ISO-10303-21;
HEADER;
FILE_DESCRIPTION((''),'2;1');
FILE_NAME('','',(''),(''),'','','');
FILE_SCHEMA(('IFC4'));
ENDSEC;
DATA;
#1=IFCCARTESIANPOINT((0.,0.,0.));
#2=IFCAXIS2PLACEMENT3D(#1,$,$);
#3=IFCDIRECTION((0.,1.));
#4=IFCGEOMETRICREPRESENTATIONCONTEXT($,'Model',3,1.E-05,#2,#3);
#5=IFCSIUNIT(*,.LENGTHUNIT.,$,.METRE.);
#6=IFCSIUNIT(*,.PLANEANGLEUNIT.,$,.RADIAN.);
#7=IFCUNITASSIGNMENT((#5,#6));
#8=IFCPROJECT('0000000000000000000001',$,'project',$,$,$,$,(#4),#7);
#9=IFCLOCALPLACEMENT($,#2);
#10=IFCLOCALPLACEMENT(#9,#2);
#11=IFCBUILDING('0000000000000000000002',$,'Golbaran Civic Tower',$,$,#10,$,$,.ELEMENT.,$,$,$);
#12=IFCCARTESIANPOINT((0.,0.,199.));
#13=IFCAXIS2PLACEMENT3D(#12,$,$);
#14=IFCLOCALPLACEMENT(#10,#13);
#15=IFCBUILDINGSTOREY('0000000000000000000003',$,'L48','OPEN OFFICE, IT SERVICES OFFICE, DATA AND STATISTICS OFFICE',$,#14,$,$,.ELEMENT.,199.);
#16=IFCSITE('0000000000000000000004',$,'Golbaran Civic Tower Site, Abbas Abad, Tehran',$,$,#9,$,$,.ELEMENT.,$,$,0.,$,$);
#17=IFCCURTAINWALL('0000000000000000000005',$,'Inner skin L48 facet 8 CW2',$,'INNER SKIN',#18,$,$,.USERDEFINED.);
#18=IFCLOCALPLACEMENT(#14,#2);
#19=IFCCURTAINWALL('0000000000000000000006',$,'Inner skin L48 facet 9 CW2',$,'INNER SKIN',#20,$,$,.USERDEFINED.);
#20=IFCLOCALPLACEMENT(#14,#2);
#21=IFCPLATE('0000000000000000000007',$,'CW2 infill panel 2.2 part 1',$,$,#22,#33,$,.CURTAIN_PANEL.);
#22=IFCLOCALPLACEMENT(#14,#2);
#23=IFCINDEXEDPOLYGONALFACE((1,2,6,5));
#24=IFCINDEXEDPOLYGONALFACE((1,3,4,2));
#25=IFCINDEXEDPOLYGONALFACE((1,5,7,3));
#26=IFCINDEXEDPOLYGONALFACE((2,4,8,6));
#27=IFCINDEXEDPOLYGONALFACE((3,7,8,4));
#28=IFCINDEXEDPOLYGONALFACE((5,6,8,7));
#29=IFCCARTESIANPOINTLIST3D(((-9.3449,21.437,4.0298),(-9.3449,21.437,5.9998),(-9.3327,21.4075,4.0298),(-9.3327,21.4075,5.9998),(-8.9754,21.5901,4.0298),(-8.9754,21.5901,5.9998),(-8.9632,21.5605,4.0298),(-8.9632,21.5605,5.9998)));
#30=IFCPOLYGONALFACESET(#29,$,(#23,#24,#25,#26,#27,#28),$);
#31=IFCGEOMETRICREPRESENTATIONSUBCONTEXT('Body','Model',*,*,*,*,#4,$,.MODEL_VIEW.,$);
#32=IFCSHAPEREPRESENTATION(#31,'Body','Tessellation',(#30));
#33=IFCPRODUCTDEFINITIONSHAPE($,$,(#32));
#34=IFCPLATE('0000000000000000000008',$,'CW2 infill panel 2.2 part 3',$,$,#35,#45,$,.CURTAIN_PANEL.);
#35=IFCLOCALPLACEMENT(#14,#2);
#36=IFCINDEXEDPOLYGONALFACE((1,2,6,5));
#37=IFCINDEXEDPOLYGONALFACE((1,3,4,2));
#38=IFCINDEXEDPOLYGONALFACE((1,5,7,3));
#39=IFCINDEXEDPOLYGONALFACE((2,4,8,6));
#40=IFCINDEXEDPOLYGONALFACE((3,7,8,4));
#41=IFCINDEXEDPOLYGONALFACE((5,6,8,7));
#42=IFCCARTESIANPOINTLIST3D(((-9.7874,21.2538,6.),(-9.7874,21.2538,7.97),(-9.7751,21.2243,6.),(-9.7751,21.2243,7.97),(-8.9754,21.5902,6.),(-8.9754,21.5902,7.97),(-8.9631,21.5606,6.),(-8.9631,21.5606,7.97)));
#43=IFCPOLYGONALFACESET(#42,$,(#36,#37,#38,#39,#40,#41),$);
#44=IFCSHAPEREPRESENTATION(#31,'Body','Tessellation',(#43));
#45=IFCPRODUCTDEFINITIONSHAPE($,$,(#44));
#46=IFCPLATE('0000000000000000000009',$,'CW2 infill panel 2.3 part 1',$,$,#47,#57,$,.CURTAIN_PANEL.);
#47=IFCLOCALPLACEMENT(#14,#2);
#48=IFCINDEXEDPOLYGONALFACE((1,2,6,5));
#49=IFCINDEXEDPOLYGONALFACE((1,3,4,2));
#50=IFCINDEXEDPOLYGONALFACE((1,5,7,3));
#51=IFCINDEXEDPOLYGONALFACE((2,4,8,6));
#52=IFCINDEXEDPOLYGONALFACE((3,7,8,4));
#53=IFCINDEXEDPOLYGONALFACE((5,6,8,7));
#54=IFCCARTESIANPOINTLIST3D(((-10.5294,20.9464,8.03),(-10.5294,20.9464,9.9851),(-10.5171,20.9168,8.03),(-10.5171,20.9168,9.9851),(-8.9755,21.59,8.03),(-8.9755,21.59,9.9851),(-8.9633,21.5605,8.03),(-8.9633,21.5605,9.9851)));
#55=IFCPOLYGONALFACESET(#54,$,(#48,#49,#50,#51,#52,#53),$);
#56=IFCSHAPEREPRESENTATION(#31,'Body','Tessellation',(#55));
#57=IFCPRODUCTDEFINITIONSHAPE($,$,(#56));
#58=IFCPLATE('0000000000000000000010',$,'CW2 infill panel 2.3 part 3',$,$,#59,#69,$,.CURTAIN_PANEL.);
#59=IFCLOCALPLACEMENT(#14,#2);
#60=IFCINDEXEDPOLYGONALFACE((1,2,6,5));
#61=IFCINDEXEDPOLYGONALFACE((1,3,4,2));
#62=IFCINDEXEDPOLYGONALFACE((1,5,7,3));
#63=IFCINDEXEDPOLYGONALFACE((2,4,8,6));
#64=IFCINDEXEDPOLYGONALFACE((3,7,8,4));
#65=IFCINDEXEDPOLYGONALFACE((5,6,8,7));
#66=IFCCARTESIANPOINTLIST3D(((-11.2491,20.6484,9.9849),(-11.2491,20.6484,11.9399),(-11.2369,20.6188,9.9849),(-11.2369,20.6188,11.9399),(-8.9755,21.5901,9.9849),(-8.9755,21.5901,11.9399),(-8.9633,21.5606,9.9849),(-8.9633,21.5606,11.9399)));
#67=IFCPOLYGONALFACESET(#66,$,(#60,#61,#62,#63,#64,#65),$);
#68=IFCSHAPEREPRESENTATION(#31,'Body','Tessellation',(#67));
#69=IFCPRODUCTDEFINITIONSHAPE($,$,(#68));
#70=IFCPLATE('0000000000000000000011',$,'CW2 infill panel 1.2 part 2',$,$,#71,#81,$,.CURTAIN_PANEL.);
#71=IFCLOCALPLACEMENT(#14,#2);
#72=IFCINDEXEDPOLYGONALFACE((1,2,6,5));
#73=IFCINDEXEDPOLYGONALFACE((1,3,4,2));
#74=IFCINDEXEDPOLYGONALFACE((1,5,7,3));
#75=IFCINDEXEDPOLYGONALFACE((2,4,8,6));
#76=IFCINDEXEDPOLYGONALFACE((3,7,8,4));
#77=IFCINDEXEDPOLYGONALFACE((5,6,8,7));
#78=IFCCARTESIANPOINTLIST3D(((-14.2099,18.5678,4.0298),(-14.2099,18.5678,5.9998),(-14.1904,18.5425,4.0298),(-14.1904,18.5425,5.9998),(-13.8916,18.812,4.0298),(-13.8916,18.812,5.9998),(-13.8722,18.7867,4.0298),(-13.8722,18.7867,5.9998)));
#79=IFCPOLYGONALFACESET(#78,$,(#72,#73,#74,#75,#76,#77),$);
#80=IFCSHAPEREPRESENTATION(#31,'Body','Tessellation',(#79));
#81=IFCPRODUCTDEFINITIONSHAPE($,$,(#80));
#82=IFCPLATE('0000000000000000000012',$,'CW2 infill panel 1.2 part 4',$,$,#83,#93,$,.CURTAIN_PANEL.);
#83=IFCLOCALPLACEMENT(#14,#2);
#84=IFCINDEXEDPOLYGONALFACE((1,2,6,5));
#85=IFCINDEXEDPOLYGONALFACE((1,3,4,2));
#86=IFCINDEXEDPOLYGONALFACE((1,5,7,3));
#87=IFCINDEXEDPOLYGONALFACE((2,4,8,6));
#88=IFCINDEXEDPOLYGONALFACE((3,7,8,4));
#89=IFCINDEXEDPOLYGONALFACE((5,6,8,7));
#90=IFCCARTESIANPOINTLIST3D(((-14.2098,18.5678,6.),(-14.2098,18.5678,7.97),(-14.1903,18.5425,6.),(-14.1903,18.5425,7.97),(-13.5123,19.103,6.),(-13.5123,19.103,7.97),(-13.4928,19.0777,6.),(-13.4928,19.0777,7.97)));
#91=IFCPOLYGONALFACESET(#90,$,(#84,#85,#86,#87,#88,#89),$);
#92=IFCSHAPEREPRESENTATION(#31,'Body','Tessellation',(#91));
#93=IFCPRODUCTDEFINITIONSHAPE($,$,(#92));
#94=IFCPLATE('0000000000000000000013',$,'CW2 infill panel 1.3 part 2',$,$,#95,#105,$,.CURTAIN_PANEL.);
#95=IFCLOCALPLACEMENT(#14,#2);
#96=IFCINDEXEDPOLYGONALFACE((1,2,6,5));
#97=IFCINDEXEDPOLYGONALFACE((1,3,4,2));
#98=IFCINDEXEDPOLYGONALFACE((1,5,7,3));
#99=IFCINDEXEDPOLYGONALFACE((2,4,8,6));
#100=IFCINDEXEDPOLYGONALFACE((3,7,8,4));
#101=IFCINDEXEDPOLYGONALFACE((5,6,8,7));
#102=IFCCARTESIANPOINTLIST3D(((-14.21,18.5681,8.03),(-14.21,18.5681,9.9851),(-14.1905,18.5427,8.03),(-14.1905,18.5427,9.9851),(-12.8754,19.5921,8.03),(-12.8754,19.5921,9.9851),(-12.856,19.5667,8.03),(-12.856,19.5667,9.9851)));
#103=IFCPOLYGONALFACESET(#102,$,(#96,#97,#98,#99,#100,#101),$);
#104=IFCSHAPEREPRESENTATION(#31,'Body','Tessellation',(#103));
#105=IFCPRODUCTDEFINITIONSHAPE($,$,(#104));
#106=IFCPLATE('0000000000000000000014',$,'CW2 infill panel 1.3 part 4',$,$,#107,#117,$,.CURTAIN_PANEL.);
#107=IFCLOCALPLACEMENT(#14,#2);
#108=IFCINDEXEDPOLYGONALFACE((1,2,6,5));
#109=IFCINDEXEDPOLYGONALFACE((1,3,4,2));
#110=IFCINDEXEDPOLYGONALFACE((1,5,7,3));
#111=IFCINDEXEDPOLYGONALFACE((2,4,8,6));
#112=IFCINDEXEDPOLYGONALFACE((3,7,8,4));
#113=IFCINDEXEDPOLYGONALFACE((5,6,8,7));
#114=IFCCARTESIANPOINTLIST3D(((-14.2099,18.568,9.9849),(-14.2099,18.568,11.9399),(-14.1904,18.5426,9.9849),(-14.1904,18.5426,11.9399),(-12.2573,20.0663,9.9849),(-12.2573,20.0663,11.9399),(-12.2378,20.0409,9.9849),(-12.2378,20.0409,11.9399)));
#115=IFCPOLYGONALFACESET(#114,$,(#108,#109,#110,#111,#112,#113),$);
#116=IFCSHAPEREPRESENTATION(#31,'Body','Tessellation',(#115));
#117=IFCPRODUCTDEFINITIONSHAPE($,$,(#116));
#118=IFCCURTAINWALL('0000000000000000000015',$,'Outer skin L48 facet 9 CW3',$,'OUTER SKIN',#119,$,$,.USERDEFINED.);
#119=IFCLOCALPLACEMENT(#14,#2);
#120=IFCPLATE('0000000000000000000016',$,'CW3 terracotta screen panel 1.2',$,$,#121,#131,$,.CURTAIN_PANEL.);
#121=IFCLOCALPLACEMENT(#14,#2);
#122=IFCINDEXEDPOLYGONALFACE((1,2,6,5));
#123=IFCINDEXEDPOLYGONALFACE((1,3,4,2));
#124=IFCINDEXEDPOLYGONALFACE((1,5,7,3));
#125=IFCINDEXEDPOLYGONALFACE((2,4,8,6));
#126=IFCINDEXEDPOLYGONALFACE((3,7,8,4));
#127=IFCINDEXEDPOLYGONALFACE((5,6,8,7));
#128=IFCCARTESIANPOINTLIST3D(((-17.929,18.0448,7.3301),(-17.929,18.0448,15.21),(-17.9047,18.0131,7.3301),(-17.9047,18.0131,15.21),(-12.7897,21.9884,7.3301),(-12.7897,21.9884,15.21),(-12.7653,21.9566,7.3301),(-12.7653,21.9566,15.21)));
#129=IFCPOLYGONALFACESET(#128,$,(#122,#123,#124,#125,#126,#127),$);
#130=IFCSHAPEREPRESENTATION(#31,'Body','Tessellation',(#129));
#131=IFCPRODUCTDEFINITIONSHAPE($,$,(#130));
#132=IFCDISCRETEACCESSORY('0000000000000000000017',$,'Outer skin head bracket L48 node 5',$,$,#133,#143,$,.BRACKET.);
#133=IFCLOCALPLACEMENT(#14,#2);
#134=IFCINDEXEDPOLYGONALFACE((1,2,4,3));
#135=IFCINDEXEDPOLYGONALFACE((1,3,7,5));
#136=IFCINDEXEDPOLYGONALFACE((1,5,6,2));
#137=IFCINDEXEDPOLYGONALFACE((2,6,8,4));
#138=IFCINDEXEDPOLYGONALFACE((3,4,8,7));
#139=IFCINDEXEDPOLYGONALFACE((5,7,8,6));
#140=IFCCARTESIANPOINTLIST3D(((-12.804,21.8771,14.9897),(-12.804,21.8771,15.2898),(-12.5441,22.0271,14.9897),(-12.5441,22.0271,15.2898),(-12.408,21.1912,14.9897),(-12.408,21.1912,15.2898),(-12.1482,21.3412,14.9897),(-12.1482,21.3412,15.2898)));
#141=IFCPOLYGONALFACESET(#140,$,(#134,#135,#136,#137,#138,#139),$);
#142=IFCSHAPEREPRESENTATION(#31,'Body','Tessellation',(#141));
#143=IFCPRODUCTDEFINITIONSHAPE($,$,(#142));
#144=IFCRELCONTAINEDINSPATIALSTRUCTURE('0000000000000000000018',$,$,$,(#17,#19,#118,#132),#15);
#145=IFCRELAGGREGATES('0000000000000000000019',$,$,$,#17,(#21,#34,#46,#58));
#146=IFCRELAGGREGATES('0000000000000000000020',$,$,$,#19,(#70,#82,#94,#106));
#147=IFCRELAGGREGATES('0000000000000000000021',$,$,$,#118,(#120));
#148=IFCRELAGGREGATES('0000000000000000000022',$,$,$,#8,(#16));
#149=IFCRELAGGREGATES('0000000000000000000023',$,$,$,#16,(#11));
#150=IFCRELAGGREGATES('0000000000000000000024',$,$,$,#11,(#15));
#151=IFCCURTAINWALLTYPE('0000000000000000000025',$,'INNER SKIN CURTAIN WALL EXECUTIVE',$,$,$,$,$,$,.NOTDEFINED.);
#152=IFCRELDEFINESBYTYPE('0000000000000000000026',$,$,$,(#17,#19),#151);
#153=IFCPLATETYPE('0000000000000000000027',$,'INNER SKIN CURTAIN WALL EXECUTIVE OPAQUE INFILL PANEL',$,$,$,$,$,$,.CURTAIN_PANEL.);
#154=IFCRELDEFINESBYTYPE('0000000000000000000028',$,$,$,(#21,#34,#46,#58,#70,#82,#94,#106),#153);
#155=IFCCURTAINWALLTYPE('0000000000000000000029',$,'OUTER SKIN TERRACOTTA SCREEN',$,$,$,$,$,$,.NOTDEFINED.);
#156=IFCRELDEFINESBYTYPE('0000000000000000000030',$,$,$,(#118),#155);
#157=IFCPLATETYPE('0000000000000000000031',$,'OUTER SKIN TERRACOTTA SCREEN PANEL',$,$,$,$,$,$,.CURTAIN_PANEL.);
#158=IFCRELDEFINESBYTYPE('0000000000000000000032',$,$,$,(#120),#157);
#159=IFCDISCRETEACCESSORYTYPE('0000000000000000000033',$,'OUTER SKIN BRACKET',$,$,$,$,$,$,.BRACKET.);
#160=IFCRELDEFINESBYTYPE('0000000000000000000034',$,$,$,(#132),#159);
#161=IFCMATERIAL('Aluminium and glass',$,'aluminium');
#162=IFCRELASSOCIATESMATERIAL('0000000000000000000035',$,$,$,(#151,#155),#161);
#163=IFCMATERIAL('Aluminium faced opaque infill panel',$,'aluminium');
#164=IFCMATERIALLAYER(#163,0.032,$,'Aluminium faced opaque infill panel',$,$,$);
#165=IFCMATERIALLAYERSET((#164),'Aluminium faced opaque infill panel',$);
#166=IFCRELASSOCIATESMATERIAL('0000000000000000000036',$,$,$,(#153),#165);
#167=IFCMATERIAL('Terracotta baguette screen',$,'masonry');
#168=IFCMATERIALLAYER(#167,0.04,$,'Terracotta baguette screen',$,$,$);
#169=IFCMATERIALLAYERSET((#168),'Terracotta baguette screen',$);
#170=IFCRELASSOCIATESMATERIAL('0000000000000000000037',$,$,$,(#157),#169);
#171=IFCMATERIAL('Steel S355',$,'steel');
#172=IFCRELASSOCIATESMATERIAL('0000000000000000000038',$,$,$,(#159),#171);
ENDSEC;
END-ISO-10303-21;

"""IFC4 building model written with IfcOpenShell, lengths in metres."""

from ifc_helpers import new_model, si_unit, direction, frame, origin, origin_2d, place, context, subcontext, project, spatial, rectangle, extrude, material, layer, layer_set, type_object, element, aggregate, save


model = new_model("IFC4")

# Units and contexts
model_context = context("Model", 3, precision=1e-05, world=origin(), true_north=direction((0.0, 1.0)))
body_context = subcontext(model_context, "Body", "Model", "MODEL_VIEW")
ifc_project = project(units=[si_unit("LENGTHUNIT", "METRE"), si_unit("PLANEANGLEUNIT", "RADIAN")], contexts=[model_context])

# Site, building, storey
site_placement = place(None, origin())
site = spatial("IfcSite", under=ifc_project, at=site_placement, Name="Golbaran Civic Tower Site, Abbas Abad, Tehran", CompositionType="ELEMENT", RefElevation=0.0)
building_placement = place(site_placement, origin())
building = spatial("IfcBuilding", under=site, at=building_placement, Name="Golbaran Civic Tower", CompositionType="ELEMENT")
storey_placement = place(building_placement, frame((0.0, 0.0, 199.0)))
storey = spatial("IfcBuildingStorey", under=building, at=storey_placement, Name="L48", Description="OPEN OFFICE, IT SERVICES OFFICE, DATA AND STATISTICS OFFICE", CompositionType="ELEMENT", Elevation=199.0)

# Curtain walls
ifc_material_1 = material(Name="Aluminium and glass", Category="aluminium")
curtain_wall_type_1 = type_object("IfcCurtainWallType", Name="INNER SKIN CURTAIN WALL EXECUTIVE", PredefinedType="NOTDEFINED", material=ifc_material_1)
curtain_wall_1_placement = place(storey_placement, origin())
curtain_wall_1 = element("IfcCurtainWall", 1, at=curtain_wall_1_placement, inside=storey, type_object=curtain_wall_type_1, Name="Inner skin L48 facet 8 CW2", ObjectType="INNER SKIN", PredefinedType="USERDEFINED")
curtain_wall_2_placement = place(storey_placement, origin())
curtain_wall_2 = element("IfcCurtainWall", 2, at=curtain_wall_2_placement, inside=storey, type_object=curtain_wall_type_1, Name="Inner skin L48 facet 9 CW2", ObjectType="INNER SKIN", PredefinedType="USERDEFINED")

# Plates
ifc_material_2 = material(Name="Aluminium faced opaque infill panel", Category="aluminium")
ifc_layer_1 = layer(ifc_material_2, 0.032, Name="Aluminium faced opaque infill panel")
ifc_layer_set_1 = layer_set([ifc_layer_1], Name="Aluminium faced opaque infill panel")
plate_type_1 = type_object("IfcPlateType", Name="INNER SKIN CURTAIN WALL EXECUTIVE OPAQUE INFILL PANEL", PredefinedType="CURTAIN_PANEL", material=ifc_layer_set_1)
plate_1_placement = place(storey_placement, frame((-9.1541, 21.4988, 4.0298), z_axis=(0.0, 0.0, 1.0), x_axis=(-0.92388, -0.382683, 0.0)))
plate_1 = element("IfcPlate", 3, at=plate_1_placement, type_object=plate_type_1, Name="CW2 infill panel 2.2 part 1", PredefinedType="CURTAIN_PANEL", context=body_context, shape_type="SweptSolid", body=[
    extrude(rectangle(XDim=0.3999, YDim=0.032, at=origin_2d()), origin(), (0.0, 0.0, 1.0), 1.97),
])
plate_2_placement = place(storey_placement, frame((-9.3752, 21.4072, 6.0), z_axis=(0.0, 0.0, 1.0), x_axis=(-0.92388, -0.382683, 0.0)))
plate_2 = element("IfcPlate", 4, at=plate_2_placement, type_object=plate_type_1, Name="CW2 infill panel 2.2 part 3", PredefinedType="CURTAIN_PANEL", context=body_context, shape_type="SweptSolid", body=[
    extrude(rectangle(XDim=0.8789, YDim=0.032, at=origin_2d()), origin(), (0.0, 0.0, 1.0), 1.97),
])
plate_3_placement = place(storey_placement, frame((-9.7463, 21.2534, 8.03), z_axis=(0.0, 0.0, 1.0), x_axis=(-0.92388, -0.382683, 0.0)))
plate_3 = element("IfcPlate", 5, at=plate_3_placement, type_object=plate_type_1, Name="CW2 infill panel 2.3 part 1", PredefinedType="CURTAIN_PANEL", context=body_context, shape_type="SweptSolid", body=[
    extrude(rectangle(XDim=1.6819, YDim=0.032, at=origin_2d()), origin(), (0.0, 0.0, 1.0), 1.9551),
])
plate_4_placement = place(storey_placement, frame((-10.1062, 21.1045, 9.9849), z_axis=(0.0, 0.0, 1.0), x_axis=(-0.92388, -0.382683, 0.0)))
plate_4 = element("IfcPlate", 6, at=plate_4_placement, type_object=plate_type_1, Name="CW2 infill panel 2.3 part 3", PredefinedType="CURTAIN_PANEL", context=body_context, shape_type="SweptSolid", body=[
    extrude(rectangle(XDim=2.4609, YDim=0.032, at=origin_2d()), origin(), (0.0, 0.0, 1.0), 1.9551),
])
aggregate(curtain_wall_1, [plate_1, plate_2, plate_3, plate_4])
plate_5_placement = place(storey_placement, frame((-14.041, 18.6772, 4.0298), z_axis=(0.0, 0.0, 1.0), x_axis=(-0.793353, -0.608761, 0.0)))
plate_5 = element("IfcPlate", 7, at=plate_5_placement, type_object=plate_type_1, Name="CW2 infill panel 1.2 part 2", PredefinedType="CURTAIN_PANEL", context=body_context, shape_type="SweptSolid", body=[
    extrude(rectangle(XDim=0.4011, YDim=0.032, at=origin_2d()), origin(), (0.0, 0.0, 1.0), 1.97),
])
plate_6_placement = place(storey_placement, frame((-13.8513, 18.8228, 6.0), z_axis=(0.0, 0.0, 1.0), x_axis=(-0.793353, -0.608761, 0.0)))
plate_6 = element("IfcPlate", 8, at=plate_6_placement, type_object=plate_type_1, Name="CW2 infill panel 1.2 part 4", PredefinedType="CURTAIN_PANEL", context=body_context, shape_type="SweptSolid", body=[
    extrude(rectangle(XDim=0.8792, YDim=0.032, at=origin_2d()), origin(), (0.0, 0.0, 1.0), 1.97),
])
plate_7_placement = place(storey_placement, frame((-13.533, 19.0674, 8.03), z_axis=(0.0, 0.0, 1.0), x_axis=(-0.793353, -0.608761, 0.0)))
plate_7 = element("IfcPlate", 9, at=plate_7_placement, type_object=plate_type_1, Name="CW2 infill panel 1.3 part 2", PredefinedType="CURTAIN_PANEL", context=body_context, shape_type="SweptSolid", body=[
    extrude(rectangle(XDim=1.6821, YDim=0.032, at=origin_2d()), origin(), (0.0, 0.0, 1.0), 1.9551),
])
plate_8_placement = place(storey_placement, frame((-13.2239, 19.3044, 9.9849), z_axis=(0.0, 0.0, 1.0), x_axis=(-0.793353, -0.608761, 0.0)))
plate_8 = element("IfcPlate", 10, at=plate_8_placement, type_object=plate_type_1, Name="CW2 infill panel 1.3 part 4", PredefinedType="CURTAIN_PANEL", context=body_context, shape_type="SweptSolid", body=[
    extrude(rectangle(XDim=2.4612, YDim=0.032, at=origin_2d()), origin(), (0.0, 0.0, 1.0), 1.9551),
])
aggregate(curtain_wall_2, [plate_5, plate_6, plate_7, plate_8])

# Curtain wall, plate
curtain_wall_type_2 = type_object("IfcCurtainWallType", Name="OUTER SKIN TERRACOTTA SCREEN", PredefinedType="NOTDEFINED", material=ifc_material_1)
curtain_wall_3_placement = place(storey_placement, origin())
curtain_wall_3 = element("IfcCurtainWall", 11, at=curtain_wall_3_placement, inside=storey, type_object=curtain_wall_type_2, Name="Outer skin L48 facet 9 CW3", ObjectType="OUTER SKIN", PredefinedType="USERDEFINED")
ifc_material_3 = material(Name="Terracotta baguette screen", Category="masonry")
ifc_layer_2 = layer(ifc_material_3, 0.04, Name="Terracotta baguette screen")
ifc_layer_set_2 = layer_set([ifc_layer_2], Name="Terracotta baguette screen")
plate_type_2 = type_object("IfcPlateType", Name="OUTER SKIN TERRACOTTA SCREEN PANEL", PredefinedType="CURTAIN_PANEL", material=ifc_layer_set_2)
plate_9_placement = place(storey_placement, frame((-15.3472, 20.0007, 7.3301), z_axis=(0.0, 0.0, 1.0), x_axis=(-0.793353, -0.608761, 0.0)))
plate_9 = element("IfcPlate", 12, at=plate_9_placement, type_object=plate_type_2, Name="CW3 terracotta screen panel 1.2", PredefinedType="CURTAIN_PANEL", context=body_context, shape_type="SweptSolid", body=[
    extrude(rectangle(XDim=6.478, YDim=0.04, at=origin_2d()), origin(), (0.0, 0.0, 1.0), 7.8799),
])
aggregate(curtain_wall_3, [plate_9])

# Discrete accessory
ifc_material_4 = material(Name="Steel S355", Category="steel")
discrete_accessory_type = type_object("IfcDiscreteAccessoryType", Name="OUTER SKIN BRACKET", PredefinedType="BRACKET", material=ifc_material_4)
discrete_accessory_placement = place(storey_placement, frame((-12.4761, 21.6091, 14.9897), z_axis=(0.0, 0.0, 1.0), x_axis=(-0.5, 0.866025, 0.0)))
element("IfcDiscreteAccessory", 13, at=discrete_accessory_placement, inside=storey, type_object=discrete_accessory_type, Name="Outer skin head bracket L48 node 5", PredefinedType="BRACKET", context=body_context, shape_type="SweptSolid", body=[
    extrude(rectangle(XDim=0.792, YDim=0.3, at=origin_2d()), origin(), (0.0, 0.0, 1.0), 0.3),
])

save(model, "model.ifc")
